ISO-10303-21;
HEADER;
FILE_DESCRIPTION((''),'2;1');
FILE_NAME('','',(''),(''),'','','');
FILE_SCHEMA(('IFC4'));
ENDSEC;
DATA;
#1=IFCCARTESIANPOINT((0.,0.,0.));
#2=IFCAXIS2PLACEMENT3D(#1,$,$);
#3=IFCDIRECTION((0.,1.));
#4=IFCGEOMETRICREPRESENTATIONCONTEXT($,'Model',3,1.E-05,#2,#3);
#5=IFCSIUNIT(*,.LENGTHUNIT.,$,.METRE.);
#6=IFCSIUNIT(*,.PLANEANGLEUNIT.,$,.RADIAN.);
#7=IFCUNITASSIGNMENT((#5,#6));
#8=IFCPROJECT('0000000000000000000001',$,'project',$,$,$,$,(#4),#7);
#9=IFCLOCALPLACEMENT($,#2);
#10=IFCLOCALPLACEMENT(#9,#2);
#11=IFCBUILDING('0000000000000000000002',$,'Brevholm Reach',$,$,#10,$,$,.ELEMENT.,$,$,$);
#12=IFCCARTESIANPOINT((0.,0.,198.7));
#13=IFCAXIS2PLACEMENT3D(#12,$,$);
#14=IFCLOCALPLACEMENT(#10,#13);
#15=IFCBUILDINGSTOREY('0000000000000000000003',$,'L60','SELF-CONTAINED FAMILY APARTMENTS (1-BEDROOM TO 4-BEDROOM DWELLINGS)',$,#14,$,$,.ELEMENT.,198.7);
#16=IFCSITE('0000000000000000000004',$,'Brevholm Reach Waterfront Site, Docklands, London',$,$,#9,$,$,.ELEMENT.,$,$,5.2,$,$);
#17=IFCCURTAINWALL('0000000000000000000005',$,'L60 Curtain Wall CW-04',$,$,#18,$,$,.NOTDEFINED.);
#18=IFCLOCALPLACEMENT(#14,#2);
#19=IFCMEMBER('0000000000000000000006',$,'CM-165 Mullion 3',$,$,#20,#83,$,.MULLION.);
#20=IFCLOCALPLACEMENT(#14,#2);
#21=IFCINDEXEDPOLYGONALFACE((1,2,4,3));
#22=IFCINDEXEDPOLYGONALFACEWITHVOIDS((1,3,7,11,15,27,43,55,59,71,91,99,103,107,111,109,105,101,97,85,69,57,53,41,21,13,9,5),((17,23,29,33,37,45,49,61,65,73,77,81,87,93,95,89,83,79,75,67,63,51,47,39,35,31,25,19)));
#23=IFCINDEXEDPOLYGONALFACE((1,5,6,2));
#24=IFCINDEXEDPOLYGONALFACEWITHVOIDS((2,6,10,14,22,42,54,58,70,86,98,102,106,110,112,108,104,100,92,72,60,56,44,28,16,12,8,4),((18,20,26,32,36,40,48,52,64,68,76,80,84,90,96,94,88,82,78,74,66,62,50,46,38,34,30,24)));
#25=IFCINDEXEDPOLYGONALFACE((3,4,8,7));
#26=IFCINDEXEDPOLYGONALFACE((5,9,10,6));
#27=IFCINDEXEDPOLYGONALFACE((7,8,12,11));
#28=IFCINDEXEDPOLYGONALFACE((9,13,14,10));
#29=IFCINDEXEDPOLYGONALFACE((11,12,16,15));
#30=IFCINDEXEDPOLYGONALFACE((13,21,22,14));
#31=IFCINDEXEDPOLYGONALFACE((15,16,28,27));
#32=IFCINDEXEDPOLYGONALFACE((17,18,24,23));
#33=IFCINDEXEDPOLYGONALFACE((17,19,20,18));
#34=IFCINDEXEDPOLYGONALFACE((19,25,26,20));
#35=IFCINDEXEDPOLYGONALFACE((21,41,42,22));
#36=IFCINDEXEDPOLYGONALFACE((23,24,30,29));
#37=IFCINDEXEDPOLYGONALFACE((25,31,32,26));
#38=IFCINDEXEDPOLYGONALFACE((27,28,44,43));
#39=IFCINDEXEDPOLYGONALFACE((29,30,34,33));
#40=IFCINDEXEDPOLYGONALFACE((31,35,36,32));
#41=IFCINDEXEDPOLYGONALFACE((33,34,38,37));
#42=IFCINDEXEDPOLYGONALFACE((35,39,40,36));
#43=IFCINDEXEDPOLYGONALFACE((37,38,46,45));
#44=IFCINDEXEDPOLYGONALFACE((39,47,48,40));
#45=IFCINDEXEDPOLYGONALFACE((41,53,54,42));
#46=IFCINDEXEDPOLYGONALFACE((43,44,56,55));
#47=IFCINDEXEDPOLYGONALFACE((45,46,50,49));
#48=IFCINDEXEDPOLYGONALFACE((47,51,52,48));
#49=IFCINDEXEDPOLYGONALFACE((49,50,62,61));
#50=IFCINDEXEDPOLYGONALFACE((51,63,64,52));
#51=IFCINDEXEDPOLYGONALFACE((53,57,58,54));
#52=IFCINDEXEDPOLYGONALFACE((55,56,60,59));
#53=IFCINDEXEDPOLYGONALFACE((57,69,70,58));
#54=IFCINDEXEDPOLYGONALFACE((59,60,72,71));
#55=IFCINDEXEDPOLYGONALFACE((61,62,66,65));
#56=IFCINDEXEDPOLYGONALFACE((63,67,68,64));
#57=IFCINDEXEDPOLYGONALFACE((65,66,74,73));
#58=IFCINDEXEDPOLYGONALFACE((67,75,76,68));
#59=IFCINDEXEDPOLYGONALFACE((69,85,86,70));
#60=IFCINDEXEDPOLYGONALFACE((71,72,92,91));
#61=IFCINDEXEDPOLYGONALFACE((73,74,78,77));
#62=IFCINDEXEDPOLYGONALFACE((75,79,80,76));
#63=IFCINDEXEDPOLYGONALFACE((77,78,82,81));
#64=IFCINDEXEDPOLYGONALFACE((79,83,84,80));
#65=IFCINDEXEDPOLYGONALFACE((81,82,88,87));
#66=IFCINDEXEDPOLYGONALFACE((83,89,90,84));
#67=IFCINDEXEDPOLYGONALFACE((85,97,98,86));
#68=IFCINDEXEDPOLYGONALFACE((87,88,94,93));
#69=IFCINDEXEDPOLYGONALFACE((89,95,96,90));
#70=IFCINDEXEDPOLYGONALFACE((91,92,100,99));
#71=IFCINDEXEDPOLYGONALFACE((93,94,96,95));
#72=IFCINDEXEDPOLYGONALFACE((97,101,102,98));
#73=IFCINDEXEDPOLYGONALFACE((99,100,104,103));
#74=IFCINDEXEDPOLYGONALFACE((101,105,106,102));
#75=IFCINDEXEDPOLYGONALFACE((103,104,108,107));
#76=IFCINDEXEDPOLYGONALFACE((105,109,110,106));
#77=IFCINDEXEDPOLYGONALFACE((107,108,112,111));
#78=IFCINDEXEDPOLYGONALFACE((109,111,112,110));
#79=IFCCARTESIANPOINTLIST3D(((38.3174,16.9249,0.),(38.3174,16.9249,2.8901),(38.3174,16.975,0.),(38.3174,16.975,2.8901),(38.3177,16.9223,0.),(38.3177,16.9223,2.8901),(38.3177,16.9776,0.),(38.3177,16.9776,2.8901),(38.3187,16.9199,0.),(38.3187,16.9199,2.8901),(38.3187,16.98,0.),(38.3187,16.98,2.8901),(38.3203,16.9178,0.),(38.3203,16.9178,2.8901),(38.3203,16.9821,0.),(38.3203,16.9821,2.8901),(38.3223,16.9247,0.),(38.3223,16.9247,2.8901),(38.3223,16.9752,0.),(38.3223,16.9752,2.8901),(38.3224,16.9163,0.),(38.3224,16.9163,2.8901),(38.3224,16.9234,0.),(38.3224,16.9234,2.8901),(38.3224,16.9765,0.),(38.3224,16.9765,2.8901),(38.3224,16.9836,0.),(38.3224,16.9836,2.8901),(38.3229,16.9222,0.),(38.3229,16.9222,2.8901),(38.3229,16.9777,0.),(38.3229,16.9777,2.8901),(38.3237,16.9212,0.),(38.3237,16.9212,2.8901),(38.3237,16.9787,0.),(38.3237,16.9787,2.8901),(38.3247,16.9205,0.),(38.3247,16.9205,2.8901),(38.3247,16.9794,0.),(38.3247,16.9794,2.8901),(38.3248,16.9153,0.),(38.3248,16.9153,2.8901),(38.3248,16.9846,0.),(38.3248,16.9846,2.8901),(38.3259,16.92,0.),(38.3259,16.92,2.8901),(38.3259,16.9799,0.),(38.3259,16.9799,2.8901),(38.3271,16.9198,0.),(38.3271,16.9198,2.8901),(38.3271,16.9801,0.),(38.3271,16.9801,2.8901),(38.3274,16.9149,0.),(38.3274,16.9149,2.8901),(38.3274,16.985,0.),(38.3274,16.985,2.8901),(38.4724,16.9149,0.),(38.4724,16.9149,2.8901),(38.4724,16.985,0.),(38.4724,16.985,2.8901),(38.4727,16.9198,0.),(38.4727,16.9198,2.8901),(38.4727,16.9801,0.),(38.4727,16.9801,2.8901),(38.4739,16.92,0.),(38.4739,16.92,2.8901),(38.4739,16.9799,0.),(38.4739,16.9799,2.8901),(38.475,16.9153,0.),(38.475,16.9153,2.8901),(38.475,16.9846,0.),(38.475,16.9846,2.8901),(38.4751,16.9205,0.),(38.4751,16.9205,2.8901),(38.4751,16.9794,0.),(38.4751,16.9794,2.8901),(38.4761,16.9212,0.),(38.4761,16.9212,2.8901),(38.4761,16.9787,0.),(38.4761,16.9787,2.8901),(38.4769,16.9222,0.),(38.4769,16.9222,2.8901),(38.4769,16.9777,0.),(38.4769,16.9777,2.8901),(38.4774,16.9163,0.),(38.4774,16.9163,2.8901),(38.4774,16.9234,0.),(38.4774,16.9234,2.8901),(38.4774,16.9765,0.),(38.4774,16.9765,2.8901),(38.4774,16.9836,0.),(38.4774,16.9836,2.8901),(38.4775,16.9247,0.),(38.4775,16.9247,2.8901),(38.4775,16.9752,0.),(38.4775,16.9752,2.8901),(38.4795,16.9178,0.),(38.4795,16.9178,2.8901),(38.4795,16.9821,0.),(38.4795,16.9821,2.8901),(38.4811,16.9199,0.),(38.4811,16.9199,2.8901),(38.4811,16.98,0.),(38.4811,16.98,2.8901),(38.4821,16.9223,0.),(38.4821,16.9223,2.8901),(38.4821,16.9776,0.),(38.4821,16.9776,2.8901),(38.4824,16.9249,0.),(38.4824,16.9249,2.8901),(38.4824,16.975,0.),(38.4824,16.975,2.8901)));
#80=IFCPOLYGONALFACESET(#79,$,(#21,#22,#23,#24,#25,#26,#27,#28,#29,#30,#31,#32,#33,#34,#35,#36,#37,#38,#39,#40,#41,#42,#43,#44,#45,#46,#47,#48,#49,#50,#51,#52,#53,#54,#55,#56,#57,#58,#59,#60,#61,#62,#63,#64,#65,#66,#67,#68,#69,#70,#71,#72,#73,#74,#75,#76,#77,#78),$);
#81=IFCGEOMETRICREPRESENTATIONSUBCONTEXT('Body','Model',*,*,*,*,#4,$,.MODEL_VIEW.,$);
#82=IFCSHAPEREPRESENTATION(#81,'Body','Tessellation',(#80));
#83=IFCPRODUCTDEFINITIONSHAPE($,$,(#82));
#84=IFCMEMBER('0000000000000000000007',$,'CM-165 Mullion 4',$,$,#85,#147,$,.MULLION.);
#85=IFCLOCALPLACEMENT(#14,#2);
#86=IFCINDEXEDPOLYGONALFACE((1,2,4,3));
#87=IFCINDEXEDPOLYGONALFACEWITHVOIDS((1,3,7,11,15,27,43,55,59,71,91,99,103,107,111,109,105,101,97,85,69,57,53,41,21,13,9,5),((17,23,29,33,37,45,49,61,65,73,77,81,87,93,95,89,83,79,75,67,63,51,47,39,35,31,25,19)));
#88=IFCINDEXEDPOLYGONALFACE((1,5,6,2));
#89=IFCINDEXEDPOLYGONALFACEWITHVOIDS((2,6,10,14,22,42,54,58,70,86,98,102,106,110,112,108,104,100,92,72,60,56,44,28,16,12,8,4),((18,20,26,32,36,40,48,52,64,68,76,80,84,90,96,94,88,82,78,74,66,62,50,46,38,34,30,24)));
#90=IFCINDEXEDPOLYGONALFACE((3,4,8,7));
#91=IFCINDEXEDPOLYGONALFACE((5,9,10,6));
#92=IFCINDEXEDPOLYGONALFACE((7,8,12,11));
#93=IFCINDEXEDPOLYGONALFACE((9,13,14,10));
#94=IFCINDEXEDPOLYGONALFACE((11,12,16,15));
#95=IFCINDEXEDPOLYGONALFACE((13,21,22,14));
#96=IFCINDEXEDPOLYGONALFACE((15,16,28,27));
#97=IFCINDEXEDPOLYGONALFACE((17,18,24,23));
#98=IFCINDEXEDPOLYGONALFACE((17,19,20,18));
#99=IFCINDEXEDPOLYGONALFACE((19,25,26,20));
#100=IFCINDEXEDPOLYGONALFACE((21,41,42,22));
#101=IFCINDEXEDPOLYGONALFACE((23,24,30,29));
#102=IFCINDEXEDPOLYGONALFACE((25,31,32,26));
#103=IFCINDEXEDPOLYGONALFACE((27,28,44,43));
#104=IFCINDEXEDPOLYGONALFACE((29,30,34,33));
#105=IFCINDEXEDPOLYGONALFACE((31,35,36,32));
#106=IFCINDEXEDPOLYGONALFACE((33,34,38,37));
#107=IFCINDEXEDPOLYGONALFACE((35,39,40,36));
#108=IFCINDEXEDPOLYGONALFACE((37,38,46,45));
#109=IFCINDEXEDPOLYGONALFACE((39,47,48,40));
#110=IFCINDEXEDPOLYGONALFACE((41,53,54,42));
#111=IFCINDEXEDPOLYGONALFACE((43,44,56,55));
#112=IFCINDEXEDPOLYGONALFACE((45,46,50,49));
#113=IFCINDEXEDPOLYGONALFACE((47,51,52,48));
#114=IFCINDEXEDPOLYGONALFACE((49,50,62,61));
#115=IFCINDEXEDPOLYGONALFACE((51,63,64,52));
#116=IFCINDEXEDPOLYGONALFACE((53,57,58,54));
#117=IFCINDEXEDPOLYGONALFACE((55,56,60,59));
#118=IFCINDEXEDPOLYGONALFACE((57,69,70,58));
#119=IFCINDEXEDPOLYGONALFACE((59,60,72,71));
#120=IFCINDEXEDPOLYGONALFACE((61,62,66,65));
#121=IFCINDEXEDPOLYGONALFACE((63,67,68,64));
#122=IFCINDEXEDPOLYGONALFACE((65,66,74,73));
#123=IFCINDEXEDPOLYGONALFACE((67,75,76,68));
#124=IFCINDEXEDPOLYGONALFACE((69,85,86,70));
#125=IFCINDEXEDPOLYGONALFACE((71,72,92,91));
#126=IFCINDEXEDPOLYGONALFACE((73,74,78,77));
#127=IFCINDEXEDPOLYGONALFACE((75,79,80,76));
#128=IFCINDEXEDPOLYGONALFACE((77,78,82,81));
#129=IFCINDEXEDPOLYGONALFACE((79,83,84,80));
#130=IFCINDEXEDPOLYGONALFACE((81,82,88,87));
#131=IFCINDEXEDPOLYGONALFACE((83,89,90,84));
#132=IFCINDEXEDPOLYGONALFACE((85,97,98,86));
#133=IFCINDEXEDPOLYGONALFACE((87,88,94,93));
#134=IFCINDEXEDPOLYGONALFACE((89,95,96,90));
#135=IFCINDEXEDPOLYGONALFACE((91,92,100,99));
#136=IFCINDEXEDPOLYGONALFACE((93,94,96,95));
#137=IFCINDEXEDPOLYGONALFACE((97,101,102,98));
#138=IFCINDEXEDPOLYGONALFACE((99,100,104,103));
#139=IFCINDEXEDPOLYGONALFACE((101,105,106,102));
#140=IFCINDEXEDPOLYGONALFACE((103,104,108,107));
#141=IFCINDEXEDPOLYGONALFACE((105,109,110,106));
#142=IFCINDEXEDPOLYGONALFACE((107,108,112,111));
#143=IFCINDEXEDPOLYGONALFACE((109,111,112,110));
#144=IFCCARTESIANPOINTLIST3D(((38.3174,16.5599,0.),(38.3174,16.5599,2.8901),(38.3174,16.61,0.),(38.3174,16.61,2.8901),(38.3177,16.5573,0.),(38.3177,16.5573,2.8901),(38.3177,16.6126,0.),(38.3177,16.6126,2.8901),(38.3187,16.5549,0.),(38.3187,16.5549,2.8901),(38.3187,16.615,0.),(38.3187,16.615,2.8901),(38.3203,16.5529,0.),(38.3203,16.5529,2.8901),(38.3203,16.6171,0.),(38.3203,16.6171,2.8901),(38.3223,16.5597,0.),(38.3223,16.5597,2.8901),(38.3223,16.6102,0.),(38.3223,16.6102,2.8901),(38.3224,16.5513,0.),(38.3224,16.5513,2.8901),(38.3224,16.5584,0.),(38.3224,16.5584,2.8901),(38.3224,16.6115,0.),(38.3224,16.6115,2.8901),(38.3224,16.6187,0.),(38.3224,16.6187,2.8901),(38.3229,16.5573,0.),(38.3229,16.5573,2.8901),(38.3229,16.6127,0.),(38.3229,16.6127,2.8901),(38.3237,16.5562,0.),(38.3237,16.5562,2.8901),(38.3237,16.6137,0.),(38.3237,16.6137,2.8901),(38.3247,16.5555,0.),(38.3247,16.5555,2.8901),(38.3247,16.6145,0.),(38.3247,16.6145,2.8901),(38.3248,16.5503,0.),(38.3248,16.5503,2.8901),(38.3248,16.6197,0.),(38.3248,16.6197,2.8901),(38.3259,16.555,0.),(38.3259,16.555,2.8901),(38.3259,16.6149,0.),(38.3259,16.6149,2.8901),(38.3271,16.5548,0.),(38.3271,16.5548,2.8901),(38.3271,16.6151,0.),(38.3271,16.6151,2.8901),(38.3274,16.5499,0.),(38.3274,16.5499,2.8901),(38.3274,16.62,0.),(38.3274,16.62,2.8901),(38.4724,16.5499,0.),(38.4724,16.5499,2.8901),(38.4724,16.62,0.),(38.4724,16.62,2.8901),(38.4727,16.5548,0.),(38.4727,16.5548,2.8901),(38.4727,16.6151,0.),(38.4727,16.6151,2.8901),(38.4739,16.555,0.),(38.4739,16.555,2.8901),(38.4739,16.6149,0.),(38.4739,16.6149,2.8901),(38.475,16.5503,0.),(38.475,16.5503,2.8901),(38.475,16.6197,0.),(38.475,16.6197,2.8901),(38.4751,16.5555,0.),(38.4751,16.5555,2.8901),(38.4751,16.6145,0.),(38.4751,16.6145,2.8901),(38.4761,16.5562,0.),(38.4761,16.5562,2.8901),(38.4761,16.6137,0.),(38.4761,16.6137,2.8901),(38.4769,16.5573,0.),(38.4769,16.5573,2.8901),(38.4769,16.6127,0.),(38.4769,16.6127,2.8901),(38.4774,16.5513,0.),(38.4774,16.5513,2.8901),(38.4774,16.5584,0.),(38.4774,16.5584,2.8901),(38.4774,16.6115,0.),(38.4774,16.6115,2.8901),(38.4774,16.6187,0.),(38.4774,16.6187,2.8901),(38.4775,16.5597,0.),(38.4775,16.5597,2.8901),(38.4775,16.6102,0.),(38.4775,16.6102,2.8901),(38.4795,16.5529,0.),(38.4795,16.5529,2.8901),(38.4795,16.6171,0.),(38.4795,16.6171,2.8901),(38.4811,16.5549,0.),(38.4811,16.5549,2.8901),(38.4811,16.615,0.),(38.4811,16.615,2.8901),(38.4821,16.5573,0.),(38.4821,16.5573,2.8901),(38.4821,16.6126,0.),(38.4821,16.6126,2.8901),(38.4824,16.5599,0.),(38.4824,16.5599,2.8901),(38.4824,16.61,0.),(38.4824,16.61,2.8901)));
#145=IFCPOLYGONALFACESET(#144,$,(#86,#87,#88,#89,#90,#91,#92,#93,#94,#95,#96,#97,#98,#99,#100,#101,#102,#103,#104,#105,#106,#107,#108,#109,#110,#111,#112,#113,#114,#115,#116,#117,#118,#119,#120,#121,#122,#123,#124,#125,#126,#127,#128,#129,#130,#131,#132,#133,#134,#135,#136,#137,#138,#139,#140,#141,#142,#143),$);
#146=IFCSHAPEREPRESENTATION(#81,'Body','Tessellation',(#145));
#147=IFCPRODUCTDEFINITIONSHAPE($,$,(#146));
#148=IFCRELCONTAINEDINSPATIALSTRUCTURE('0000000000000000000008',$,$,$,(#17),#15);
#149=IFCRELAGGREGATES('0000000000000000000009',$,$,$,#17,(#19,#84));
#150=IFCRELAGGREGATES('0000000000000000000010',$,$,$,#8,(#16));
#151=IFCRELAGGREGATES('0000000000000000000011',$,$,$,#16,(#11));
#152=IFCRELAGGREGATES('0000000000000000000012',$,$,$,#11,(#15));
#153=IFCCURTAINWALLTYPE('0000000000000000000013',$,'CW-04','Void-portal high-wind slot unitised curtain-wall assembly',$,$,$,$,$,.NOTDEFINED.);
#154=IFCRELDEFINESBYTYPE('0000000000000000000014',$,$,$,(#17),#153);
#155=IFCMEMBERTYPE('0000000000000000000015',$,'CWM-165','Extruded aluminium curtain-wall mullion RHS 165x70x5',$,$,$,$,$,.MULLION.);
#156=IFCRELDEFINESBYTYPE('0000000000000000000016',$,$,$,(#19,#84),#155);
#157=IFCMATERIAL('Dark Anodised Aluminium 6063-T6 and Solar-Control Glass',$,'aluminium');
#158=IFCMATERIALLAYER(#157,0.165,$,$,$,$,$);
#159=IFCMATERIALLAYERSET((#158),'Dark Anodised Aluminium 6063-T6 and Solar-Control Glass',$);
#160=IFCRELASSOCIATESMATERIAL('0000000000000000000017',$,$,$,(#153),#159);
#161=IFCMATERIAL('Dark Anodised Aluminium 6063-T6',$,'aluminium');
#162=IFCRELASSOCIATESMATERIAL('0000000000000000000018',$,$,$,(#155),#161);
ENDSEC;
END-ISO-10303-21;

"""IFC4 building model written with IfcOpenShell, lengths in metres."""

from ifc_helpers import new_model, si_unit, direction, frame, origin, origin_2d, place, context, subcontext, project, spatial, hollow_rectangle, extrude, material, layer, layer_set, material_profile, profile_set, type_object, element, aggregate, save


model = new_model("IFC4")

# Units and contexts
model_context = context("Model", 3, precision=1e-05, world=origin(), true_north=direction((0.0, 1.0)))
body_context = subcontext(model_context, "Body", "Model", "MODEL_VIEW")
ifc_project = project(units=[si_unit("LENGTHUNIT", "METRE"), si_unit("PLANEANGLEUNIT", "RADIAN")], contexts=[model_context])

# Site, building, storey
site_placement = place(None, origin())
site = spatial("IfcSite", under=ifc_project, at=site_placement, Name="Brevholm Reach Waterfront Site, Docklands, London", CompositionType="ELEMENT", RefElevation=5.2)
building_placement = place(site_placement, origin())
building = spatial("IfcBuilding", under=site, at=building_placement, Name="Brevholm Reach", CompositionType="ELEMENT")
storey_placement = place(building_placement, frame((0.0, 0.0, 198.7)))
storey = spatial("IfcBuildingStorey", under=building, at=storey_placement, Name="L60", Description="SELF-CONTAINED FAMILY APARTMENTS (1-BEDROOM TO 4-BEDROOM DWELLINGS)", CompositionType="ELEMENT", Elevation=198.7)

# Curtain wall, members
ifc_material_1 = material(Name="Dark Anodised Aluminium 6063-T6 and Solar-Control Glass", Category="aluminium")
ifc_layer_1 = layer(ifc_material_1, 0.165)
ifc_layer_set_1 = layer_set([ifc_layer_1], Name="Dark Anodised Aluminium 6063-T6 and Solar-Control Glass")
curtain_wall_type = type_object("IfcCurtainWallType", Name="CW-04", Description="Void-portal high-wind slot unitised curtain-wall assembly", PredefinedType="NOTDEFINED", material=ifc_layer_set_1)
curtain_wall_placement = place(storey_placement, origin())
curtain_wall = element("IfcCurtainWall", 1, at=curtain_wall_placement, inside=storey, type_object=curtain_wall_type, Name="L60 Curtain Wall CW-04", PredefinedType="NOTDEFINED")
ifc_material_2 = material(Name="Dark Anodised Aluminium 6063-T6", Category="aluminium")
ifc_material_profile_1 = material_profile(ifc_material_2, hollow_rectangle(XDim=0.0701, YDim=0.165, WallThickness=0.0049, InnerFilletRadius=0.0049, OuterFilletRadius=0.01, at=origin_2d()), Name="RHS 165x70x5")
ifc_profile_set_1 = profile_set([ifc_material_profile_1], Name="Dark Anodised Aluminium 6063-T6")
member_type_1 = type_object("IfcMemberType", Name="CWM-165", Description="Extruded aluminium curtain-wall mullion RHS 165x70x5", PredefinedType="MULLION", material=ifc_profile_set_1)
member_1_placement = place(storey_placement, frame((38.3999, 16.95, 0.0), z_axis=(0.0, 0.0, 1.0), x_axis=(0.0, -1.0, 0.0)))
member_1 = element("IfcMember", 2, at=member_1_placement, type_object=member_type_1, Name="CM-165 Mullion 3", PredefinedType="MULLION", context=body_context, shape_type="SweptSolid", body=[
    extrude(hollow_rectangle(XDim=0.0701, YDim=0.165, WallThickness=0.0049, InnerFilletRadius=0.0049, OuterFilletRadius=0.01, at=origin_2d()), origin(), (0.0, 0.0, 1.0), 2.8901),
])
member_2_placement = place(storey_placement, frame((38.3999, 16.585, 0.0), z_axis=(0.0, 0.0, 1.0), x_axis=(0.0, -1.0, 0.0)))
member_2 = element("IfcMember", 3, at=member_2_placement, type_object=member_type_1, Name="CM-165 Mullion 4", PredefinedType="MULLION", context=body_context, shape_type="SweptSolid", body=[
    extrude(hollow_rectangle(XDim=0.0701, YDim=0.165, WallThickness=0.0049, InnerFilletRadius=0.0049, OuterFilletRadius=0.01, at=origin_2d()), origin(), (0.0, 0.0, 1.0), 2.8901),
])
aggregate(curtain_wall, [member_1, member_2])

save(model, "model.ifc")
